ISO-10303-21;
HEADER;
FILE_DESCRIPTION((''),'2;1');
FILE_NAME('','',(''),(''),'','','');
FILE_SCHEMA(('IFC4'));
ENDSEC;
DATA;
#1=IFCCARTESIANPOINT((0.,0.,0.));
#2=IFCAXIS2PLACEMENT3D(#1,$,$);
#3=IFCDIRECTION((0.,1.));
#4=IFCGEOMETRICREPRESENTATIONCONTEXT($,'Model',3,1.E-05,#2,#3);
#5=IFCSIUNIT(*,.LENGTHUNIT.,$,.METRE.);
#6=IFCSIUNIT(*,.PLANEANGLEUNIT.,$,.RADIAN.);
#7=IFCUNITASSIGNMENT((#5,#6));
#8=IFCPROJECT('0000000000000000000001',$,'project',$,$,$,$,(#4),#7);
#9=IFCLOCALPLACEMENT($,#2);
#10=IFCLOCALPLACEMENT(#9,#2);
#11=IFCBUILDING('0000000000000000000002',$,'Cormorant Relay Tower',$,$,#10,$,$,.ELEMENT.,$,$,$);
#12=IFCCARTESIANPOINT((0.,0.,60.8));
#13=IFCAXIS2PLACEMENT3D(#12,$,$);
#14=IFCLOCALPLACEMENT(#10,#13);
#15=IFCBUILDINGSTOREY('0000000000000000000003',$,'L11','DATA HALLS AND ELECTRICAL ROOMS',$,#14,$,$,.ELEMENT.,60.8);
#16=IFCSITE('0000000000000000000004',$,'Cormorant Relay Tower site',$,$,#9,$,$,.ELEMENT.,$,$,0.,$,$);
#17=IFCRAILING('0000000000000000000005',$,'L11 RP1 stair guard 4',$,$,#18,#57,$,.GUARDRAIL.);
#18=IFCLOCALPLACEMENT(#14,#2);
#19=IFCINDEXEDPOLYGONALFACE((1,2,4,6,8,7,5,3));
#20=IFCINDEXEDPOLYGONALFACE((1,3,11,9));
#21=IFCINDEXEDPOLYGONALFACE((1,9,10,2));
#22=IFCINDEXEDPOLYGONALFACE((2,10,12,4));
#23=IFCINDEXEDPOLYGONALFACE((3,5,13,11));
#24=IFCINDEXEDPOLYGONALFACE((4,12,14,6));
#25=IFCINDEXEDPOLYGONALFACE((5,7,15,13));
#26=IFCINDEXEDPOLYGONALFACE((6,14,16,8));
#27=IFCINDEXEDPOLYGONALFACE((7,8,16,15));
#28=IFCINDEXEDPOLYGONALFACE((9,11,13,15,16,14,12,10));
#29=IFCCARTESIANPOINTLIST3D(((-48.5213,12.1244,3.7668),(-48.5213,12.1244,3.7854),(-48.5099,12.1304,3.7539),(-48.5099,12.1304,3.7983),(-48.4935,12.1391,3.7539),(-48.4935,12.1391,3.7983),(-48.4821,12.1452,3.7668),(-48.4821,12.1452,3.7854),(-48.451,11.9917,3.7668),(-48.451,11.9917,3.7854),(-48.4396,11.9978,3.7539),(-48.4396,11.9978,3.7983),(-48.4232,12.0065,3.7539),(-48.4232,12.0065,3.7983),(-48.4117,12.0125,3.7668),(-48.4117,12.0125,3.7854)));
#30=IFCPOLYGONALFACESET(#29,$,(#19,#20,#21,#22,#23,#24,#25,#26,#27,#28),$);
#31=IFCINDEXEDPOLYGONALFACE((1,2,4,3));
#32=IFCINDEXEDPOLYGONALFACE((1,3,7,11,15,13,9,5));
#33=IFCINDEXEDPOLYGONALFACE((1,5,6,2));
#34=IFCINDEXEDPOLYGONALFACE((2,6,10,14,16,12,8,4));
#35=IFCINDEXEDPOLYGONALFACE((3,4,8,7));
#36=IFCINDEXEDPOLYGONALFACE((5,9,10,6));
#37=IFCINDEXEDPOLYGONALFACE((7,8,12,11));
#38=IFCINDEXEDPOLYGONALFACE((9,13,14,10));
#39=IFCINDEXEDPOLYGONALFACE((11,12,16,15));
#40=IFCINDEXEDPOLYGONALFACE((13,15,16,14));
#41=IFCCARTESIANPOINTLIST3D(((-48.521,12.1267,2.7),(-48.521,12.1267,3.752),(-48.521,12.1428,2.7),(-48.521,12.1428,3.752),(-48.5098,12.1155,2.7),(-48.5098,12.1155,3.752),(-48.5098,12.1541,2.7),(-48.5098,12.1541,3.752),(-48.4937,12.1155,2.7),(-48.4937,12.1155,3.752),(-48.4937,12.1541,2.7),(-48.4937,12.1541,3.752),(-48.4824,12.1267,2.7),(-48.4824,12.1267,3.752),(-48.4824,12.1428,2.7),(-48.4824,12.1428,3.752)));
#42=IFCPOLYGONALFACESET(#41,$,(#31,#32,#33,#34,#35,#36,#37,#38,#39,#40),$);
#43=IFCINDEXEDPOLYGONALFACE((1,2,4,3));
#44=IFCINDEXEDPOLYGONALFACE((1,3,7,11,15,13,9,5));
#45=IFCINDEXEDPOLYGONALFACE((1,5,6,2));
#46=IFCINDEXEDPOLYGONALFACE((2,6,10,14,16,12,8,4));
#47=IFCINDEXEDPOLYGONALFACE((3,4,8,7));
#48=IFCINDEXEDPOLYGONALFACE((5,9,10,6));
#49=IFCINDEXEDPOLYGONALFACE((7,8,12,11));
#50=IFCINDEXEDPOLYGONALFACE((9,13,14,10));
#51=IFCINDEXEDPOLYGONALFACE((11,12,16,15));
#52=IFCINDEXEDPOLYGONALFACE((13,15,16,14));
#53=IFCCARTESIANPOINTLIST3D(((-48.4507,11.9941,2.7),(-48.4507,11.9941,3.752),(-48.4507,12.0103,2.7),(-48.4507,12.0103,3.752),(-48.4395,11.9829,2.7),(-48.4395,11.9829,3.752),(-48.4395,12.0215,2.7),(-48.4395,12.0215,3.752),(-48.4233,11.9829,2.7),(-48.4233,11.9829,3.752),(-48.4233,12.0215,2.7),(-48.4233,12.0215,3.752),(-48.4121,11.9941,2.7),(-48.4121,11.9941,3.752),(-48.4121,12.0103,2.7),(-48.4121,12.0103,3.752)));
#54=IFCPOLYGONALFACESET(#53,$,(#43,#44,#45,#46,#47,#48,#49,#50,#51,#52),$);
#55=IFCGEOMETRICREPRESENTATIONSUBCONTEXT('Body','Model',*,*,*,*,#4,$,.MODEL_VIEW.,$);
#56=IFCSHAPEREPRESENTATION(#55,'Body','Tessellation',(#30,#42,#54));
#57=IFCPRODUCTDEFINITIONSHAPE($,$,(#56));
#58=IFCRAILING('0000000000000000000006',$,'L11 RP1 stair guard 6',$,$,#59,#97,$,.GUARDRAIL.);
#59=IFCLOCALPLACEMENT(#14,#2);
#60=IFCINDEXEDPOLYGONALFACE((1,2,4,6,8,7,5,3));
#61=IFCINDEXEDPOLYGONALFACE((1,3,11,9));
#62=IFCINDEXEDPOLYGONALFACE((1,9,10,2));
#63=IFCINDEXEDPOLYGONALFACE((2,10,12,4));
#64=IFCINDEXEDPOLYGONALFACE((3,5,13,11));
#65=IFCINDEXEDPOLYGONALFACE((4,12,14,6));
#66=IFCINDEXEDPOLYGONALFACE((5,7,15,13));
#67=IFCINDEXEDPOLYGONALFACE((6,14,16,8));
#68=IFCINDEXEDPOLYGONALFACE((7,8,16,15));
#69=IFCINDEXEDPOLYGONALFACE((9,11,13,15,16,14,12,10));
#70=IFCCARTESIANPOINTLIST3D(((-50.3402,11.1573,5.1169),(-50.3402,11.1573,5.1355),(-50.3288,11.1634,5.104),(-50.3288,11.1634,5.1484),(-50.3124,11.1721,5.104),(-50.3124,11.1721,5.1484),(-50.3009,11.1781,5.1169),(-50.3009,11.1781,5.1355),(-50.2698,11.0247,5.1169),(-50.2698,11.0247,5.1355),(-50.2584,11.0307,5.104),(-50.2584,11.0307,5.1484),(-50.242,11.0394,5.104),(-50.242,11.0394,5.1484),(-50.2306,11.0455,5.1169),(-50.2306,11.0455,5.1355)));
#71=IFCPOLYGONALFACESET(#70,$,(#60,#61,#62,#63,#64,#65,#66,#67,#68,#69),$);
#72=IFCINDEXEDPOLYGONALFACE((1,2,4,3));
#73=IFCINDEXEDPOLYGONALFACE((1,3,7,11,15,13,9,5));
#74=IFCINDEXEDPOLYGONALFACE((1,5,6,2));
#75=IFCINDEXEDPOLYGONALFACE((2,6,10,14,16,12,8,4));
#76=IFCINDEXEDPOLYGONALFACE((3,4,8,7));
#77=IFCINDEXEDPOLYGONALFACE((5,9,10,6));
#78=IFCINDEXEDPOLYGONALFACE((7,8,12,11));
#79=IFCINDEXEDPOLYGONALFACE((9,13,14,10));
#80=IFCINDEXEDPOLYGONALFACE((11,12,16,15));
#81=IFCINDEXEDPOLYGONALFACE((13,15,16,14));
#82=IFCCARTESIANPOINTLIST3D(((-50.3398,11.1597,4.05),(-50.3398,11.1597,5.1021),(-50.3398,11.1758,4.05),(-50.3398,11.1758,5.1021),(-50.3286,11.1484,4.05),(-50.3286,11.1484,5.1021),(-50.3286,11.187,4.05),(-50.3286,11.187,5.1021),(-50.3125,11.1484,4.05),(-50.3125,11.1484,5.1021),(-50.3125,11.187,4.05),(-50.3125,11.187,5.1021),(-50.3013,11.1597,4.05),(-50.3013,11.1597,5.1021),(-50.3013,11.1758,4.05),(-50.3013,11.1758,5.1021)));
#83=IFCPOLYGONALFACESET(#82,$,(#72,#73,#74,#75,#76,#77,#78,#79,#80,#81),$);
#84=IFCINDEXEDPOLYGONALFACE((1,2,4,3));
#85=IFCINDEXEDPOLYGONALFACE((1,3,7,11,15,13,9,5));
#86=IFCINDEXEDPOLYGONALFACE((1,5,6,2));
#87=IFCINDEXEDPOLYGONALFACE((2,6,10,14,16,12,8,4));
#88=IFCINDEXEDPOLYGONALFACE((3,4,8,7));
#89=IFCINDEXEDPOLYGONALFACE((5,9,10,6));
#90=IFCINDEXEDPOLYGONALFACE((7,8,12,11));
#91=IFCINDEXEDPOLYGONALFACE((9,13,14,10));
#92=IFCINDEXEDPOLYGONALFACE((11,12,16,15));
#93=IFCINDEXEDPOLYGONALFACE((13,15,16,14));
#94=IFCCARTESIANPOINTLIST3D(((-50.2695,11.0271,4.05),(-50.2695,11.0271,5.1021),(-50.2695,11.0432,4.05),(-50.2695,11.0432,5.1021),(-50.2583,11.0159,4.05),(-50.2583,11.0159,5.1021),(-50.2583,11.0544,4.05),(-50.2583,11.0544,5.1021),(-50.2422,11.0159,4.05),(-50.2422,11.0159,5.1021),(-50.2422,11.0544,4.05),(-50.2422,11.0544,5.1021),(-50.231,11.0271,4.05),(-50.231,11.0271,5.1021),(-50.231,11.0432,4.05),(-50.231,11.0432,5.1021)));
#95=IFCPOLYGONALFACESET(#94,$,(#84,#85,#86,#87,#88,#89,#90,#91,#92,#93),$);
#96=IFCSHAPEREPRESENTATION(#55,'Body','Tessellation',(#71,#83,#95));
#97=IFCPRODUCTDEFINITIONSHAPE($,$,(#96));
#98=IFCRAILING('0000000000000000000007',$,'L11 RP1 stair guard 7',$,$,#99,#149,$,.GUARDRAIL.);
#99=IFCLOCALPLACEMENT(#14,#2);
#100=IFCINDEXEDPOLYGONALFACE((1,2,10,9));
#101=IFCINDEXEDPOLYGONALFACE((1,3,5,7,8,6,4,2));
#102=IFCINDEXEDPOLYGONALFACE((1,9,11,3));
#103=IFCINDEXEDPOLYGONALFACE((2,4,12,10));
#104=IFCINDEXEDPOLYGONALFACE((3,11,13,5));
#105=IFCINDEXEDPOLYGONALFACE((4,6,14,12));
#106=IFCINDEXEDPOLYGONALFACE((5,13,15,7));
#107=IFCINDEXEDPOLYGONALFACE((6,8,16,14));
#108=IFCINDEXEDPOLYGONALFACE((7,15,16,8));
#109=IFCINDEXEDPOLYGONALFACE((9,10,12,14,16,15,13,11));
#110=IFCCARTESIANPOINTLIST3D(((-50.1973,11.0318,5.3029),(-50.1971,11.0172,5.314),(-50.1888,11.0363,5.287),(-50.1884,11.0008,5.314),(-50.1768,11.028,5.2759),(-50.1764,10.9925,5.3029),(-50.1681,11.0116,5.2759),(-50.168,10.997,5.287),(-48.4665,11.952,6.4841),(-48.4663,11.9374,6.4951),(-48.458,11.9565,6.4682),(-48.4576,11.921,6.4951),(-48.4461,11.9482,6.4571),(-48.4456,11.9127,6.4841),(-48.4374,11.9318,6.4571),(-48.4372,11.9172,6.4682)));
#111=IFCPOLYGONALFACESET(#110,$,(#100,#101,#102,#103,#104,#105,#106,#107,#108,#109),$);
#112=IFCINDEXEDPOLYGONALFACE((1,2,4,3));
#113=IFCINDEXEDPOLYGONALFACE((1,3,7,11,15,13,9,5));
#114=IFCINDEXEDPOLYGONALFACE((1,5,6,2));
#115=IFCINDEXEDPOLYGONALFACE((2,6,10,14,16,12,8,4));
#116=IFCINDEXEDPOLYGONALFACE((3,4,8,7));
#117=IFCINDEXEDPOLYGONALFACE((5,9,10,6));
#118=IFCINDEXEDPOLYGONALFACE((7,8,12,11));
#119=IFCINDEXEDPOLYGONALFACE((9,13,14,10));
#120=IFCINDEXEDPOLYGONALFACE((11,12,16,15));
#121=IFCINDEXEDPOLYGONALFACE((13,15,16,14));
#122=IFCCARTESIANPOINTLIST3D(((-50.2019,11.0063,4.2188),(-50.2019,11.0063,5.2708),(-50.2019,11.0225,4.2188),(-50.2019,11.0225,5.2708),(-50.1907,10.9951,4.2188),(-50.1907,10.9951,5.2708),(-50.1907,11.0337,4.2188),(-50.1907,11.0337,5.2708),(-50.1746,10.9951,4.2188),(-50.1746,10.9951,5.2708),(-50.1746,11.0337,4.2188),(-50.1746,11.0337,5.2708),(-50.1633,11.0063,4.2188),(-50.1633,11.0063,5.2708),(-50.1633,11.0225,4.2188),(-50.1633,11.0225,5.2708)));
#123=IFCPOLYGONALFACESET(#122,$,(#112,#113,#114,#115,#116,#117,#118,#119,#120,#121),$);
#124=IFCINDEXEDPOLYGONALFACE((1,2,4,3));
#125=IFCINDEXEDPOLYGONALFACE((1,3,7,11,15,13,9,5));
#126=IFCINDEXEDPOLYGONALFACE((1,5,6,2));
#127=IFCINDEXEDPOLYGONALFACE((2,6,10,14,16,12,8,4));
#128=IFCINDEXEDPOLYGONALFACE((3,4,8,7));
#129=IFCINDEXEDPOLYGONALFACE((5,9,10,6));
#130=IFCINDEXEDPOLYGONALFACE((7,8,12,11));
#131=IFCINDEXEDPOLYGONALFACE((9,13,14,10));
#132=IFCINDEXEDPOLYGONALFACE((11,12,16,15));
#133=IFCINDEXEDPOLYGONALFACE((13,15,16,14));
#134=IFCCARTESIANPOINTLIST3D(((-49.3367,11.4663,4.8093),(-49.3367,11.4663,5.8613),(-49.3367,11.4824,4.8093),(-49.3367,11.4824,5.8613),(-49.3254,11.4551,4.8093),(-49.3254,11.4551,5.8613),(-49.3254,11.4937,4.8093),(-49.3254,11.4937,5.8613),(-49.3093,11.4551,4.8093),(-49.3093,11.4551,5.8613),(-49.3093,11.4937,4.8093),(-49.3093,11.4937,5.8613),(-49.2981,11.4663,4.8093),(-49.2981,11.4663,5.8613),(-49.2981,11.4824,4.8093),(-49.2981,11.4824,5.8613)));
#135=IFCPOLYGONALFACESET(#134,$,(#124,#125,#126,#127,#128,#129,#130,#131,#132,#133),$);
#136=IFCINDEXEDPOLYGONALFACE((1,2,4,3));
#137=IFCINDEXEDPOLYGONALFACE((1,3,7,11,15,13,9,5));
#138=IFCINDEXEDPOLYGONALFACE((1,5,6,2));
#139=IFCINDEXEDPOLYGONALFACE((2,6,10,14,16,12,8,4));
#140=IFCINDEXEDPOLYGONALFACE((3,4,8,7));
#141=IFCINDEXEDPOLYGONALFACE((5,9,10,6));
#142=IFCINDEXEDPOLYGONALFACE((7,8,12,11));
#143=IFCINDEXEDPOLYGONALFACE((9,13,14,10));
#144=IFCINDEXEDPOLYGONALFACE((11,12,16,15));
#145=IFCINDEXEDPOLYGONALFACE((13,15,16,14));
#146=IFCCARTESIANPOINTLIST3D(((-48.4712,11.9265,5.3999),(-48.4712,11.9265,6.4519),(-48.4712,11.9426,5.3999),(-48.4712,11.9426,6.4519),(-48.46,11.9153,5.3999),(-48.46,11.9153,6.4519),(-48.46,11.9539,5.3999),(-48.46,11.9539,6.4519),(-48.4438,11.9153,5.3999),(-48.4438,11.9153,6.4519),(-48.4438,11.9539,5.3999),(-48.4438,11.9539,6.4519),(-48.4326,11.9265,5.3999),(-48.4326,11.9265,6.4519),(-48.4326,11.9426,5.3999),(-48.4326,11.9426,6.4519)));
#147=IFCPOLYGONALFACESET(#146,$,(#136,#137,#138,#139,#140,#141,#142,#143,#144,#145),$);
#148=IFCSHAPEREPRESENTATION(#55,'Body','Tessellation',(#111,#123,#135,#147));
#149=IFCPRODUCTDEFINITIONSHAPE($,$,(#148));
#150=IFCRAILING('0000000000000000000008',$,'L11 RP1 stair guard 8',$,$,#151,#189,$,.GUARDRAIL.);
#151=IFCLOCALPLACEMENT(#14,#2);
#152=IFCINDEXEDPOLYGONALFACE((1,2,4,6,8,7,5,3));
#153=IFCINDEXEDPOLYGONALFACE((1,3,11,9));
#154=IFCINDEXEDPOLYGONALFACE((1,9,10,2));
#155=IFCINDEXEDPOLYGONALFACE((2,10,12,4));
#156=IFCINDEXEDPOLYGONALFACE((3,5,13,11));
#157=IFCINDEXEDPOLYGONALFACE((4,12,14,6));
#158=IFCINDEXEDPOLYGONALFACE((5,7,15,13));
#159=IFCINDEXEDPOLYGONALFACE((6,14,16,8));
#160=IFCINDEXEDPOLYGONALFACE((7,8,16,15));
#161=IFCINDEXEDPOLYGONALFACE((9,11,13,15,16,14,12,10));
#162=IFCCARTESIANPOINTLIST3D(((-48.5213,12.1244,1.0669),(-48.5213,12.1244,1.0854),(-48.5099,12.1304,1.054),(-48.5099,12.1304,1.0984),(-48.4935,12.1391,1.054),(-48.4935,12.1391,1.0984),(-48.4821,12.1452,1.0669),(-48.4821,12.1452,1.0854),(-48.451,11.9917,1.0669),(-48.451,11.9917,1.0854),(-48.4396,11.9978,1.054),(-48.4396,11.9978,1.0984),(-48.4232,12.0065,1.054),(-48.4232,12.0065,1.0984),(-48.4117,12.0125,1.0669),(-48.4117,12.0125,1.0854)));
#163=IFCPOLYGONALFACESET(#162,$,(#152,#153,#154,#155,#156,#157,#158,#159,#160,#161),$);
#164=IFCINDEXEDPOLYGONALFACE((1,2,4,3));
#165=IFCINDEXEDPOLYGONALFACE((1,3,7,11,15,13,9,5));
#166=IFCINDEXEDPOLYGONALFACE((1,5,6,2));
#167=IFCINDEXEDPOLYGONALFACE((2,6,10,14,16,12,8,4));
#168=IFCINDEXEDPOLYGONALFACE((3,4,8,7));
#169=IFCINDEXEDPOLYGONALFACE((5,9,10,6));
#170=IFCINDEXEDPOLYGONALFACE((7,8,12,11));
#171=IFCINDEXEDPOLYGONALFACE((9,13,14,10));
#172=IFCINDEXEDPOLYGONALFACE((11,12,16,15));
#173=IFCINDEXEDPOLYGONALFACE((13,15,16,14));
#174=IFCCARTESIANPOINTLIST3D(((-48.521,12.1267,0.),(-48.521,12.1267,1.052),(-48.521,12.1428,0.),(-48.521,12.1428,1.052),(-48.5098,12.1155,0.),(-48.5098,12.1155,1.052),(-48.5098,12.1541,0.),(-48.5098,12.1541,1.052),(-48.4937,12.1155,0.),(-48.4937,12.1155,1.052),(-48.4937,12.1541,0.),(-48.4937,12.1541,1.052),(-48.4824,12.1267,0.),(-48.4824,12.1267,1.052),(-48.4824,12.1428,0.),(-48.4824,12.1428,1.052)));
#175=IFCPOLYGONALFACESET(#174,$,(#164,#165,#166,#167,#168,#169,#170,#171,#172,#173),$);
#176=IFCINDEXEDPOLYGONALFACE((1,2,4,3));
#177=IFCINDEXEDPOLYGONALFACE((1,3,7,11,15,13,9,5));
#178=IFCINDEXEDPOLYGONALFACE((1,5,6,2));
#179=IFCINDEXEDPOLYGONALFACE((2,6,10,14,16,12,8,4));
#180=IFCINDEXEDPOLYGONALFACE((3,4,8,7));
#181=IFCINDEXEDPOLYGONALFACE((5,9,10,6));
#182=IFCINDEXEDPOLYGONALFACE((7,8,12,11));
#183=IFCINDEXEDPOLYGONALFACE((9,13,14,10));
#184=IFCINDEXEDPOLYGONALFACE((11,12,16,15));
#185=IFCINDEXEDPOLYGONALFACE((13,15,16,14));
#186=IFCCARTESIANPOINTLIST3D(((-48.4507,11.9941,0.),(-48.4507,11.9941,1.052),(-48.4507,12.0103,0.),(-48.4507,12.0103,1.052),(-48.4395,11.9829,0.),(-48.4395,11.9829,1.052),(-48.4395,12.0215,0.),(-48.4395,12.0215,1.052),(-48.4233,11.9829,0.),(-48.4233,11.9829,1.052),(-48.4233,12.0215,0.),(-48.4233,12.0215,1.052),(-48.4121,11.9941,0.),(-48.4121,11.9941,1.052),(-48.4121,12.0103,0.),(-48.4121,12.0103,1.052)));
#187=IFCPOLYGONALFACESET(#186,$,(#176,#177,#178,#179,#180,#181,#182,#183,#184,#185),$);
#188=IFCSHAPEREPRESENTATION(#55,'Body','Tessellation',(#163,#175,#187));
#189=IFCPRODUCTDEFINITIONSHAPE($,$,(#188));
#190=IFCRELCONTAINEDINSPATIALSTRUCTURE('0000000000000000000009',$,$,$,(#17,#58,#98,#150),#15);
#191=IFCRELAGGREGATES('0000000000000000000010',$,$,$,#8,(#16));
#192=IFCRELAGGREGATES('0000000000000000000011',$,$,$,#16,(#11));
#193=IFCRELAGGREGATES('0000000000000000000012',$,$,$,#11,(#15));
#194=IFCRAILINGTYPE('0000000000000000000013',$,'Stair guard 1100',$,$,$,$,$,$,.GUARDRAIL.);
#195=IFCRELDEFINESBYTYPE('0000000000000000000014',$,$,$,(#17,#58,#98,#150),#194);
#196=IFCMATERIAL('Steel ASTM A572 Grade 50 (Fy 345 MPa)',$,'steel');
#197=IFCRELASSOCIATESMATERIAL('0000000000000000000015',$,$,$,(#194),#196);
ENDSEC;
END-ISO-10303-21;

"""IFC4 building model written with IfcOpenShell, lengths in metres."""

from ifc_helpers import new_model, si_unit, direction, frame, origin, place, context, subcontext, project, spatial, polyline, outline, extrude, material, type_object, element, save


model = new_model("IFC4")

# Units and contexts
model_context = context("Model", 3, precision=1e-05, world=origin(), true_north=direction((0.0, 1.0)))
body_context = subcontext(model_context, "Body", "Model", "MODEL_VIEW")
ifc_project = project(units=[si_unit("LENGTHUNIT", "METRE"), si_unit("PLANEANGLEUNIT", "RADIAN")], contexts=[model_context])

# Site, building, storey
site_placement = place(None, origin())
site = spatial("IfcSite", under=ifc_project, at=site_placement, Name="Cormorant Relay Tower site", CompositionType="ELEMENT", RefElevation=0.0)
building_placement = place(site_placement, origin())
building = spatial("IfcBuilding", under=site, at=building_placement, Name="Cormorant Relay Tower", CompositionType="ELEMENT")
storey_placement = place(building_placement, frame((0.0, 0.0, 60.8)))
storey = spatial("IfcBuildingStorey", under=building, at=storey_placement, Name="L11", Description="DATA HALLS AND ELECTRICAL ROOMS", CompositionType="ELEMENT", Elevation=60.8)

# Railings
ifc_material_1 = material(Name="Steel ASTM A572 Grade 50 (Fy 345 MPa)", Category="steel")
railing_type_1 = type_object("IfcRailingType", Name="Stair guard 1100", PredefinedType="GUARDRAIL", material=ifc_material_1)
for number, where, name in (
    (1, (-48.5017, 12.1348, 2.7), "L11 RP1 stair guard 4"),
    (2, (-50.3206, 11.1677, 4.05), "L11 RP1 stair guard 6"),
):
    element("IfcRailing", number, at=place(storey_placement, frame(where)), inside=storey, type_object=railing_type_1, Name=name, PredefinedType="GUARDRAIL", context=body_context, shape_type="SweptSolid", body=[
        extrude(outline(polyline([(0.0222, 0.0093), (0.0093, 0.0222), (-0.0093, 0.0222), (-0.0222, 0.0093), (-0.0222, -0.0093), (-0.0093, -0.0222), (0.0093, -0.0222), (0.0222, -0.0093), (0.0222, 0.0093)])), frame((0.0, 0.0, 1.0762), z_axis=(0.46856, -0.883431, 0.0), x_axis=(0.883431, 0.46856, 0.0)), (0.0, 0.0, 1.0), 0.1501),
        extrude(outline(polyline([(0.0193, 0.0081), (0.0081, 0.0193), (-0.0081, 0.0193), (-0.0193, 0.0081), (-0.0193, -0.0081), (-0.0081, -0.0193), (0.0081, -0.0193), (0.0193, -0.0081), (0.0193, 0.0081)])), origin(), (0.0, 0.0, 1.0), 1.052),
        extrude(outline(polyline([(0.0193, 0.0081), (0.0081, 0.0193), (-0.0081, 0.0193), (-0.0193, 0.0081), (-0.0193, -0.0081), (-0.0081, -0.0193), (0.0081, -0.0193), (0.0193, -0.0081), (0.0193, 0.0081)])), frame((0.0703, -0.1326, 0.0)), (0.0, 0.0, 1.0), 1.052),
    ])
railing_1_placement = place(storey_placement, frame((-50.1826, 11.0144, 4.2188)))
element("IfcRailing", 3, at=railing_1_placement, inside=storey, type_object=railing_type_1, Name="L11 RP1 stair guard 7", PredefinedType="GUARDRAIL", context=body_context, shape_type="SweptSolid", body=[
    extrude(outline(polyline([(0.0222, 0.0093), (0.0093, 0.0222), (-0.0093, 0.0222), (-0.0222, 0.0093), (-0.0222, -0.0093), (-0.0093, -0.0222), (0.0093, -0.0222), (0.0222, -0.0093), (0.0222, 0.0093)])), frame((0.0, 0.0, 1.0762), z_axis=(0.756268, 0.402084, 0.516127), x_axis=(-0.469444, 0.882962, 0.0)), (0.0, 0.0, 1.0), 2.2886),
    extrude(outline(polyline([(0.0193, 0.0081), (0.0081, 0.0193), (-0.0081, 0.0193), (-0.0193, 0.0081), (-0.0193, -0.0081), (-0.0081, -0.0193), (0.0081, -0.0193), (0.0193, -0.0081), (0.0193, 0.0081)])), origin(), (0.0, 0.0, 1.0), 1.052),
    extrude(outline(polyline([(0.0193, 0.0081), (0.0081, 0.0193), (-0.0081, 0.0193), (-0.0193, 0.0081), (-0.0193, -0.0081), (-0.0081, -0.0193), (0.0081, -0.0193), (0.0193, -0.0081), (0.0193, 0.0081)])), frame((0.8652, 0.46, 0.5906)), (0.0, 0.0, 1.0), 1.052),
    extrude(outline(polyline([(0.0193, 0.0081), (0.0081, 0.0193), (-0.0081, 0.0193), (-0.0193, 0.0081), (-0.0193, -0.0081), (-0.0081, -0.0193), (0.0081, -0.0193), (0.0193, -0.0081), (0.0193, 0.0081)])), frame((1.7307, 0.9202, 1.1812)), (0.0, 0.0, 1.0), 1.052),
])
railing_2_placement = place(storey_placement, frame((-48.5017, 12.1348, 0.0)))
element("IfcRailing", 4, at=railing_2_placement, inside=storey, type_object=railing_type_1, Name="L11 RP1 stair guard 8", PredefinedType="GUARDRAIL", context=body_context, shape_type="SweptSolid", body=[
    extrude(outline(polyline([(0.0222, 0.0093), (0.0093, 0.0222), (-0.0093, 0.0222), (-0.0222, 0.0093), (-0.0222, -0.0093), (-0.0093, -0.0222), (0.0093, -0.0222), (0.0222, -0.0093), (0.0222, 0.0093)])), frame((0.0, 0.0, 1.0762), z_axis=(0.46856, -0.883431, 0.0), x_axis=(0.883431, 0.46856, 0.0)), (0.0, 0.0, 1.0), 0.1501),
    extrude(outline(polyline([(0.0193, 0.0081), (0.0081, 0.0193), (-0.0081, 0.0193), (-0.0193, 0.0081), (-0.0193, -0.0081), (-0.0081, -0.0193), (0.0081, -0.0193), (0.0193, -0.0081), (0.0193, 0.0081)])), origin(), (0.0, 0.0, 1.0), 1.052),
    extrude(outline(polyline([(0.0193, 0.0081), (0.0081, 0.0193), (-0.0081, 0.0193), (-0.0193, 0.0081), (-0.0193, -0.0081), (-0.0081, -0.0193), (0.0081, -0.0193), (0.0193, -0.0081), (0.0193, 0.0081)])), frame((0.0703, -0.1326, 0.0)), (0.0, 0.0, 1.0), 1.052),
])

save(model, "model.ifc")
